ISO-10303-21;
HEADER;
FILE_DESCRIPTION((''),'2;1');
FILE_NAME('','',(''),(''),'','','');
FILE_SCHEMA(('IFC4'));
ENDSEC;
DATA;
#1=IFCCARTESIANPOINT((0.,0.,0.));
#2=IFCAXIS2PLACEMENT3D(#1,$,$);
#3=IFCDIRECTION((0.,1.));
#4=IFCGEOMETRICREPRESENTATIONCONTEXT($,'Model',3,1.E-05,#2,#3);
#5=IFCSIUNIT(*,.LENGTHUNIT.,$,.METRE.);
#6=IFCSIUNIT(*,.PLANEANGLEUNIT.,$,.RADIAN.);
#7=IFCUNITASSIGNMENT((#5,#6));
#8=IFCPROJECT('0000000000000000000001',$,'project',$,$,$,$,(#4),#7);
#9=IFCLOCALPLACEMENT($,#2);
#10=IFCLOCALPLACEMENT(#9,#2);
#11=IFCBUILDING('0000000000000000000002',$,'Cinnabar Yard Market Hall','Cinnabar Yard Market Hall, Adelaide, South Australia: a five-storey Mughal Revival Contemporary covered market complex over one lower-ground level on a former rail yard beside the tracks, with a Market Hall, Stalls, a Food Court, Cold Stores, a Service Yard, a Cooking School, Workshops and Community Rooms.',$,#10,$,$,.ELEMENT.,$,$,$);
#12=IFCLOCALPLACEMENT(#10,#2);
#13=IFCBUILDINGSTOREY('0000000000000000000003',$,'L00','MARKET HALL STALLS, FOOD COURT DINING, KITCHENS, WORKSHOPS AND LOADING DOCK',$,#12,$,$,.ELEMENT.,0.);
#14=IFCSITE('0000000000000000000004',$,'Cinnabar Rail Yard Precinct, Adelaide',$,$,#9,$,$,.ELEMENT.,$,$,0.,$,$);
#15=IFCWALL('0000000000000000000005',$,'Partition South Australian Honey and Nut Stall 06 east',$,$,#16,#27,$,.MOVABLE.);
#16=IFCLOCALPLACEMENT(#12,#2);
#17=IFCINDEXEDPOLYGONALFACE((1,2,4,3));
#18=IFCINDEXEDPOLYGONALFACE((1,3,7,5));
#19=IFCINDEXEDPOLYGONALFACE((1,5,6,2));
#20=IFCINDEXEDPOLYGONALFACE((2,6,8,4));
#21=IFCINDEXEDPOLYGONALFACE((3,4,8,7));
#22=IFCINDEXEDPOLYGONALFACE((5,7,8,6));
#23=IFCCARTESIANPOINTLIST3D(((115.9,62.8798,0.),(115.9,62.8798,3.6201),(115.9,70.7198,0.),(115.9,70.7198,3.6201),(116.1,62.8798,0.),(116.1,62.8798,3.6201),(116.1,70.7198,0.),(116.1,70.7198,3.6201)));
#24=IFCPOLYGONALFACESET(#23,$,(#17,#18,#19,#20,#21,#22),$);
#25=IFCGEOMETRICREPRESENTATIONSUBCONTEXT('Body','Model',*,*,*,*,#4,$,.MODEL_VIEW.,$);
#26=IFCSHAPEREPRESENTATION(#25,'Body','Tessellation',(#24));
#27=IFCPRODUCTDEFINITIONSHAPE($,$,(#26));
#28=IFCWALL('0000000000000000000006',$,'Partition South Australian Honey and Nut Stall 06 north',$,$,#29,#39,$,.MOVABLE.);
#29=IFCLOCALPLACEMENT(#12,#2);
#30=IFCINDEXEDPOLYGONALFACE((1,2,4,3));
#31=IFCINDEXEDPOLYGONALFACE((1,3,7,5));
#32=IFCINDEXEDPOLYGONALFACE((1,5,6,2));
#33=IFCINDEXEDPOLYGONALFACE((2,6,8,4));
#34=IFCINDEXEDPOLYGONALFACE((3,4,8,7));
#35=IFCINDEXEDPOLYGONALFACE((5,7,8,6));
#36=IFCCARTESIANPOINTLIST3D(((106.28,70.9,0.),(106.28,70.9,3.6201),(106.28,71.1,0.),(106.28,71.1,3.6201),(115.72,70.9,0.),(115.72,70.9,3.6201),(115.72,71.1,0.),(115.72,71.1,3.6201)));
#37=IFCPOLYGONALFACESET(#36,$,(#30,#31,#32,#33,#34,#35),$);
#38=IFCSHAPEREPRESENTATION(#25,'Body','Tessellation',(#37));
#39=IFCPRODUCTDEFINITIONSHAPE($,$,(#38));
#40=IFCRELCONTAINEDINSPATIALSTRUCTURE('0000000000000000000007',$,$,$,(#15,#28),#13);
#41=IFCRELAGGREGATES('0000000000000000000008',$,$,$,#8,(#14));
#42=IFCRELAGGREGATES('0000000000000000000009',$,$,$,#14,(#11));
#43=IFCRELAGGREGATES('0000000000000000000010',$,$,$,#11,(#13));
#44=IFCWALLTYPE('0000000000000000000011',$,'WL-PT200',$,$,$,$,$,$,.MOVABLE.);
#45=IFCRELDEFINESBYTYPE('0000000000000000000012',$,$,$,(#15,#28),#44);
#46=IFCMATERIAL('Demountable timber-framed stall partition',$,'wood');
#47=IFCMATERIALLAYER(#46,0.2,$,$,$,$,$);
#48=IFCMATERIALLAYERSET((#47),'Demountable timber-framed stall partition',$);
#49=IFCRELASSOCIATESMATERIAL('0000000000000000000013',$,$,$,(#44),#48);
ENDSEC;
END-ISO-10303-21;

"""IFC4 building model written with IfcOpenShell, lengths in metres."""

from ifc_helpers import new_model, si_unit, direction, frame, frame_2d, origin, place, context, subcontext, project, spatial, rectangle, extrude, material, layer, layer_set, type_object, element, save


model = new_model("IFC4")

# Units and contexts
model_context = context("Model", 3, precision=1e-05, world=origin(), true_north=direction((0.0, 1.0)))
body_context = subcontext(model_context, "Body", "Model", "MODEL_VIEW")
ifc_project = project(units=[si_unit("LENGTHUNIT", "METRE"), si_unit("PLANEANGLEUNIT", "RADIAN")], contexts=[model_context])

# Site, building, storey
site_placement = place(None, origin())
site = spatial("IfcSite", under=ifc_project, at=site_placement, Name="Cinnabar Rail Yard Precinct, Adelaide", CompositionType="ELEMENT", RefElevation=0.0)
building_placement = place(site_placement, origin())
building = spatial("IfcBuilding", under=site, at=building_placement, Name="Cinnabar Yard Market Hall", Description="Cinnabar Yard Market Hall, Adelaide, South Australia: a five-storey Mughal Revival Contemporary covered market complex over one lower-ground level on a former rail yard beside the tracks, with a Market Hall, Stalls, a Food Court, Cold Stores, a Service Yard, a Cooking School, Workshops and Community Rooms.", CompositionType="ELEMENT")
storey_placement = place(building_placement, origin())
storey = spatial("IfcBuildingStorey", under=building, at=storey_placement, Name="L00", Description="MARKET HALL STALLS, FOOD COURT DINING, KITCHENS, WORKSHOPS AND LOADING DOCK", CompositionType="ELEMENT", Elevation=0.0)

# Shared definitions
ifc_material_1 = material(Name="Demountable timber-framed stall partition", Category="wood")
ifc_layer_1 = layer(ifc_material_1, 0.2)
ifc_layer_set_1 = layer_set([ifc_layer_1], Name="Demountable timber-framed stall partition")
wall_type = type_object("IfcWallType", Name="WL-PT200", PredefinedType="MOVABLE", material=ifc_layer_set_1)

# Walls
wall_1_placement = place(storey_placement, frame((116.0, 62.8799, 0.0), z_axis=(0.0, 0.0, 1.0), x_axis=(0.0, 1.0, 0.0)))
element("IfcWall", 1, at=wall_1_placement, inside=storey, type_object=wall_type, Name="Partition South Australian Honey and Nut Stall 06 east", PredefinedType="MOVABLE", context=body_context, shape_type="SweptSolid", body=[
    extrude(rectangle(XDim=7.8401, YDim=0.2, at=frame_2d((3.9199, 0.0), x_axis=(1.0, 0.0))), origin(), (0.0, 0.0, 1.0), 3.6201),
])
wall_2_placement = place(storey_placement, frame((115.72, 71.0, 0.0), z_axis=(0.0, 0.0, 1.0), x_axis=(-1.0, 0.0, 0.0)))
element("IfcWall", 2, at=wall_2_placement, inside=storey, type_object=wall_type, Name="Partition South Australian Honey and Nut Stall 06 north", PredefinedType="MOVABLE", context=body_context, shape_type="SweptSolid", body=[
    extrude(rectangle(XDim=9.4399, YDim=0.2, at=frame_2d((4.72, 0.0), x_axis=(1.0, 0.0))), origin(), (0.0, 0.0, 1.0), 3.6201),
])

save(model, "model.ifc")
